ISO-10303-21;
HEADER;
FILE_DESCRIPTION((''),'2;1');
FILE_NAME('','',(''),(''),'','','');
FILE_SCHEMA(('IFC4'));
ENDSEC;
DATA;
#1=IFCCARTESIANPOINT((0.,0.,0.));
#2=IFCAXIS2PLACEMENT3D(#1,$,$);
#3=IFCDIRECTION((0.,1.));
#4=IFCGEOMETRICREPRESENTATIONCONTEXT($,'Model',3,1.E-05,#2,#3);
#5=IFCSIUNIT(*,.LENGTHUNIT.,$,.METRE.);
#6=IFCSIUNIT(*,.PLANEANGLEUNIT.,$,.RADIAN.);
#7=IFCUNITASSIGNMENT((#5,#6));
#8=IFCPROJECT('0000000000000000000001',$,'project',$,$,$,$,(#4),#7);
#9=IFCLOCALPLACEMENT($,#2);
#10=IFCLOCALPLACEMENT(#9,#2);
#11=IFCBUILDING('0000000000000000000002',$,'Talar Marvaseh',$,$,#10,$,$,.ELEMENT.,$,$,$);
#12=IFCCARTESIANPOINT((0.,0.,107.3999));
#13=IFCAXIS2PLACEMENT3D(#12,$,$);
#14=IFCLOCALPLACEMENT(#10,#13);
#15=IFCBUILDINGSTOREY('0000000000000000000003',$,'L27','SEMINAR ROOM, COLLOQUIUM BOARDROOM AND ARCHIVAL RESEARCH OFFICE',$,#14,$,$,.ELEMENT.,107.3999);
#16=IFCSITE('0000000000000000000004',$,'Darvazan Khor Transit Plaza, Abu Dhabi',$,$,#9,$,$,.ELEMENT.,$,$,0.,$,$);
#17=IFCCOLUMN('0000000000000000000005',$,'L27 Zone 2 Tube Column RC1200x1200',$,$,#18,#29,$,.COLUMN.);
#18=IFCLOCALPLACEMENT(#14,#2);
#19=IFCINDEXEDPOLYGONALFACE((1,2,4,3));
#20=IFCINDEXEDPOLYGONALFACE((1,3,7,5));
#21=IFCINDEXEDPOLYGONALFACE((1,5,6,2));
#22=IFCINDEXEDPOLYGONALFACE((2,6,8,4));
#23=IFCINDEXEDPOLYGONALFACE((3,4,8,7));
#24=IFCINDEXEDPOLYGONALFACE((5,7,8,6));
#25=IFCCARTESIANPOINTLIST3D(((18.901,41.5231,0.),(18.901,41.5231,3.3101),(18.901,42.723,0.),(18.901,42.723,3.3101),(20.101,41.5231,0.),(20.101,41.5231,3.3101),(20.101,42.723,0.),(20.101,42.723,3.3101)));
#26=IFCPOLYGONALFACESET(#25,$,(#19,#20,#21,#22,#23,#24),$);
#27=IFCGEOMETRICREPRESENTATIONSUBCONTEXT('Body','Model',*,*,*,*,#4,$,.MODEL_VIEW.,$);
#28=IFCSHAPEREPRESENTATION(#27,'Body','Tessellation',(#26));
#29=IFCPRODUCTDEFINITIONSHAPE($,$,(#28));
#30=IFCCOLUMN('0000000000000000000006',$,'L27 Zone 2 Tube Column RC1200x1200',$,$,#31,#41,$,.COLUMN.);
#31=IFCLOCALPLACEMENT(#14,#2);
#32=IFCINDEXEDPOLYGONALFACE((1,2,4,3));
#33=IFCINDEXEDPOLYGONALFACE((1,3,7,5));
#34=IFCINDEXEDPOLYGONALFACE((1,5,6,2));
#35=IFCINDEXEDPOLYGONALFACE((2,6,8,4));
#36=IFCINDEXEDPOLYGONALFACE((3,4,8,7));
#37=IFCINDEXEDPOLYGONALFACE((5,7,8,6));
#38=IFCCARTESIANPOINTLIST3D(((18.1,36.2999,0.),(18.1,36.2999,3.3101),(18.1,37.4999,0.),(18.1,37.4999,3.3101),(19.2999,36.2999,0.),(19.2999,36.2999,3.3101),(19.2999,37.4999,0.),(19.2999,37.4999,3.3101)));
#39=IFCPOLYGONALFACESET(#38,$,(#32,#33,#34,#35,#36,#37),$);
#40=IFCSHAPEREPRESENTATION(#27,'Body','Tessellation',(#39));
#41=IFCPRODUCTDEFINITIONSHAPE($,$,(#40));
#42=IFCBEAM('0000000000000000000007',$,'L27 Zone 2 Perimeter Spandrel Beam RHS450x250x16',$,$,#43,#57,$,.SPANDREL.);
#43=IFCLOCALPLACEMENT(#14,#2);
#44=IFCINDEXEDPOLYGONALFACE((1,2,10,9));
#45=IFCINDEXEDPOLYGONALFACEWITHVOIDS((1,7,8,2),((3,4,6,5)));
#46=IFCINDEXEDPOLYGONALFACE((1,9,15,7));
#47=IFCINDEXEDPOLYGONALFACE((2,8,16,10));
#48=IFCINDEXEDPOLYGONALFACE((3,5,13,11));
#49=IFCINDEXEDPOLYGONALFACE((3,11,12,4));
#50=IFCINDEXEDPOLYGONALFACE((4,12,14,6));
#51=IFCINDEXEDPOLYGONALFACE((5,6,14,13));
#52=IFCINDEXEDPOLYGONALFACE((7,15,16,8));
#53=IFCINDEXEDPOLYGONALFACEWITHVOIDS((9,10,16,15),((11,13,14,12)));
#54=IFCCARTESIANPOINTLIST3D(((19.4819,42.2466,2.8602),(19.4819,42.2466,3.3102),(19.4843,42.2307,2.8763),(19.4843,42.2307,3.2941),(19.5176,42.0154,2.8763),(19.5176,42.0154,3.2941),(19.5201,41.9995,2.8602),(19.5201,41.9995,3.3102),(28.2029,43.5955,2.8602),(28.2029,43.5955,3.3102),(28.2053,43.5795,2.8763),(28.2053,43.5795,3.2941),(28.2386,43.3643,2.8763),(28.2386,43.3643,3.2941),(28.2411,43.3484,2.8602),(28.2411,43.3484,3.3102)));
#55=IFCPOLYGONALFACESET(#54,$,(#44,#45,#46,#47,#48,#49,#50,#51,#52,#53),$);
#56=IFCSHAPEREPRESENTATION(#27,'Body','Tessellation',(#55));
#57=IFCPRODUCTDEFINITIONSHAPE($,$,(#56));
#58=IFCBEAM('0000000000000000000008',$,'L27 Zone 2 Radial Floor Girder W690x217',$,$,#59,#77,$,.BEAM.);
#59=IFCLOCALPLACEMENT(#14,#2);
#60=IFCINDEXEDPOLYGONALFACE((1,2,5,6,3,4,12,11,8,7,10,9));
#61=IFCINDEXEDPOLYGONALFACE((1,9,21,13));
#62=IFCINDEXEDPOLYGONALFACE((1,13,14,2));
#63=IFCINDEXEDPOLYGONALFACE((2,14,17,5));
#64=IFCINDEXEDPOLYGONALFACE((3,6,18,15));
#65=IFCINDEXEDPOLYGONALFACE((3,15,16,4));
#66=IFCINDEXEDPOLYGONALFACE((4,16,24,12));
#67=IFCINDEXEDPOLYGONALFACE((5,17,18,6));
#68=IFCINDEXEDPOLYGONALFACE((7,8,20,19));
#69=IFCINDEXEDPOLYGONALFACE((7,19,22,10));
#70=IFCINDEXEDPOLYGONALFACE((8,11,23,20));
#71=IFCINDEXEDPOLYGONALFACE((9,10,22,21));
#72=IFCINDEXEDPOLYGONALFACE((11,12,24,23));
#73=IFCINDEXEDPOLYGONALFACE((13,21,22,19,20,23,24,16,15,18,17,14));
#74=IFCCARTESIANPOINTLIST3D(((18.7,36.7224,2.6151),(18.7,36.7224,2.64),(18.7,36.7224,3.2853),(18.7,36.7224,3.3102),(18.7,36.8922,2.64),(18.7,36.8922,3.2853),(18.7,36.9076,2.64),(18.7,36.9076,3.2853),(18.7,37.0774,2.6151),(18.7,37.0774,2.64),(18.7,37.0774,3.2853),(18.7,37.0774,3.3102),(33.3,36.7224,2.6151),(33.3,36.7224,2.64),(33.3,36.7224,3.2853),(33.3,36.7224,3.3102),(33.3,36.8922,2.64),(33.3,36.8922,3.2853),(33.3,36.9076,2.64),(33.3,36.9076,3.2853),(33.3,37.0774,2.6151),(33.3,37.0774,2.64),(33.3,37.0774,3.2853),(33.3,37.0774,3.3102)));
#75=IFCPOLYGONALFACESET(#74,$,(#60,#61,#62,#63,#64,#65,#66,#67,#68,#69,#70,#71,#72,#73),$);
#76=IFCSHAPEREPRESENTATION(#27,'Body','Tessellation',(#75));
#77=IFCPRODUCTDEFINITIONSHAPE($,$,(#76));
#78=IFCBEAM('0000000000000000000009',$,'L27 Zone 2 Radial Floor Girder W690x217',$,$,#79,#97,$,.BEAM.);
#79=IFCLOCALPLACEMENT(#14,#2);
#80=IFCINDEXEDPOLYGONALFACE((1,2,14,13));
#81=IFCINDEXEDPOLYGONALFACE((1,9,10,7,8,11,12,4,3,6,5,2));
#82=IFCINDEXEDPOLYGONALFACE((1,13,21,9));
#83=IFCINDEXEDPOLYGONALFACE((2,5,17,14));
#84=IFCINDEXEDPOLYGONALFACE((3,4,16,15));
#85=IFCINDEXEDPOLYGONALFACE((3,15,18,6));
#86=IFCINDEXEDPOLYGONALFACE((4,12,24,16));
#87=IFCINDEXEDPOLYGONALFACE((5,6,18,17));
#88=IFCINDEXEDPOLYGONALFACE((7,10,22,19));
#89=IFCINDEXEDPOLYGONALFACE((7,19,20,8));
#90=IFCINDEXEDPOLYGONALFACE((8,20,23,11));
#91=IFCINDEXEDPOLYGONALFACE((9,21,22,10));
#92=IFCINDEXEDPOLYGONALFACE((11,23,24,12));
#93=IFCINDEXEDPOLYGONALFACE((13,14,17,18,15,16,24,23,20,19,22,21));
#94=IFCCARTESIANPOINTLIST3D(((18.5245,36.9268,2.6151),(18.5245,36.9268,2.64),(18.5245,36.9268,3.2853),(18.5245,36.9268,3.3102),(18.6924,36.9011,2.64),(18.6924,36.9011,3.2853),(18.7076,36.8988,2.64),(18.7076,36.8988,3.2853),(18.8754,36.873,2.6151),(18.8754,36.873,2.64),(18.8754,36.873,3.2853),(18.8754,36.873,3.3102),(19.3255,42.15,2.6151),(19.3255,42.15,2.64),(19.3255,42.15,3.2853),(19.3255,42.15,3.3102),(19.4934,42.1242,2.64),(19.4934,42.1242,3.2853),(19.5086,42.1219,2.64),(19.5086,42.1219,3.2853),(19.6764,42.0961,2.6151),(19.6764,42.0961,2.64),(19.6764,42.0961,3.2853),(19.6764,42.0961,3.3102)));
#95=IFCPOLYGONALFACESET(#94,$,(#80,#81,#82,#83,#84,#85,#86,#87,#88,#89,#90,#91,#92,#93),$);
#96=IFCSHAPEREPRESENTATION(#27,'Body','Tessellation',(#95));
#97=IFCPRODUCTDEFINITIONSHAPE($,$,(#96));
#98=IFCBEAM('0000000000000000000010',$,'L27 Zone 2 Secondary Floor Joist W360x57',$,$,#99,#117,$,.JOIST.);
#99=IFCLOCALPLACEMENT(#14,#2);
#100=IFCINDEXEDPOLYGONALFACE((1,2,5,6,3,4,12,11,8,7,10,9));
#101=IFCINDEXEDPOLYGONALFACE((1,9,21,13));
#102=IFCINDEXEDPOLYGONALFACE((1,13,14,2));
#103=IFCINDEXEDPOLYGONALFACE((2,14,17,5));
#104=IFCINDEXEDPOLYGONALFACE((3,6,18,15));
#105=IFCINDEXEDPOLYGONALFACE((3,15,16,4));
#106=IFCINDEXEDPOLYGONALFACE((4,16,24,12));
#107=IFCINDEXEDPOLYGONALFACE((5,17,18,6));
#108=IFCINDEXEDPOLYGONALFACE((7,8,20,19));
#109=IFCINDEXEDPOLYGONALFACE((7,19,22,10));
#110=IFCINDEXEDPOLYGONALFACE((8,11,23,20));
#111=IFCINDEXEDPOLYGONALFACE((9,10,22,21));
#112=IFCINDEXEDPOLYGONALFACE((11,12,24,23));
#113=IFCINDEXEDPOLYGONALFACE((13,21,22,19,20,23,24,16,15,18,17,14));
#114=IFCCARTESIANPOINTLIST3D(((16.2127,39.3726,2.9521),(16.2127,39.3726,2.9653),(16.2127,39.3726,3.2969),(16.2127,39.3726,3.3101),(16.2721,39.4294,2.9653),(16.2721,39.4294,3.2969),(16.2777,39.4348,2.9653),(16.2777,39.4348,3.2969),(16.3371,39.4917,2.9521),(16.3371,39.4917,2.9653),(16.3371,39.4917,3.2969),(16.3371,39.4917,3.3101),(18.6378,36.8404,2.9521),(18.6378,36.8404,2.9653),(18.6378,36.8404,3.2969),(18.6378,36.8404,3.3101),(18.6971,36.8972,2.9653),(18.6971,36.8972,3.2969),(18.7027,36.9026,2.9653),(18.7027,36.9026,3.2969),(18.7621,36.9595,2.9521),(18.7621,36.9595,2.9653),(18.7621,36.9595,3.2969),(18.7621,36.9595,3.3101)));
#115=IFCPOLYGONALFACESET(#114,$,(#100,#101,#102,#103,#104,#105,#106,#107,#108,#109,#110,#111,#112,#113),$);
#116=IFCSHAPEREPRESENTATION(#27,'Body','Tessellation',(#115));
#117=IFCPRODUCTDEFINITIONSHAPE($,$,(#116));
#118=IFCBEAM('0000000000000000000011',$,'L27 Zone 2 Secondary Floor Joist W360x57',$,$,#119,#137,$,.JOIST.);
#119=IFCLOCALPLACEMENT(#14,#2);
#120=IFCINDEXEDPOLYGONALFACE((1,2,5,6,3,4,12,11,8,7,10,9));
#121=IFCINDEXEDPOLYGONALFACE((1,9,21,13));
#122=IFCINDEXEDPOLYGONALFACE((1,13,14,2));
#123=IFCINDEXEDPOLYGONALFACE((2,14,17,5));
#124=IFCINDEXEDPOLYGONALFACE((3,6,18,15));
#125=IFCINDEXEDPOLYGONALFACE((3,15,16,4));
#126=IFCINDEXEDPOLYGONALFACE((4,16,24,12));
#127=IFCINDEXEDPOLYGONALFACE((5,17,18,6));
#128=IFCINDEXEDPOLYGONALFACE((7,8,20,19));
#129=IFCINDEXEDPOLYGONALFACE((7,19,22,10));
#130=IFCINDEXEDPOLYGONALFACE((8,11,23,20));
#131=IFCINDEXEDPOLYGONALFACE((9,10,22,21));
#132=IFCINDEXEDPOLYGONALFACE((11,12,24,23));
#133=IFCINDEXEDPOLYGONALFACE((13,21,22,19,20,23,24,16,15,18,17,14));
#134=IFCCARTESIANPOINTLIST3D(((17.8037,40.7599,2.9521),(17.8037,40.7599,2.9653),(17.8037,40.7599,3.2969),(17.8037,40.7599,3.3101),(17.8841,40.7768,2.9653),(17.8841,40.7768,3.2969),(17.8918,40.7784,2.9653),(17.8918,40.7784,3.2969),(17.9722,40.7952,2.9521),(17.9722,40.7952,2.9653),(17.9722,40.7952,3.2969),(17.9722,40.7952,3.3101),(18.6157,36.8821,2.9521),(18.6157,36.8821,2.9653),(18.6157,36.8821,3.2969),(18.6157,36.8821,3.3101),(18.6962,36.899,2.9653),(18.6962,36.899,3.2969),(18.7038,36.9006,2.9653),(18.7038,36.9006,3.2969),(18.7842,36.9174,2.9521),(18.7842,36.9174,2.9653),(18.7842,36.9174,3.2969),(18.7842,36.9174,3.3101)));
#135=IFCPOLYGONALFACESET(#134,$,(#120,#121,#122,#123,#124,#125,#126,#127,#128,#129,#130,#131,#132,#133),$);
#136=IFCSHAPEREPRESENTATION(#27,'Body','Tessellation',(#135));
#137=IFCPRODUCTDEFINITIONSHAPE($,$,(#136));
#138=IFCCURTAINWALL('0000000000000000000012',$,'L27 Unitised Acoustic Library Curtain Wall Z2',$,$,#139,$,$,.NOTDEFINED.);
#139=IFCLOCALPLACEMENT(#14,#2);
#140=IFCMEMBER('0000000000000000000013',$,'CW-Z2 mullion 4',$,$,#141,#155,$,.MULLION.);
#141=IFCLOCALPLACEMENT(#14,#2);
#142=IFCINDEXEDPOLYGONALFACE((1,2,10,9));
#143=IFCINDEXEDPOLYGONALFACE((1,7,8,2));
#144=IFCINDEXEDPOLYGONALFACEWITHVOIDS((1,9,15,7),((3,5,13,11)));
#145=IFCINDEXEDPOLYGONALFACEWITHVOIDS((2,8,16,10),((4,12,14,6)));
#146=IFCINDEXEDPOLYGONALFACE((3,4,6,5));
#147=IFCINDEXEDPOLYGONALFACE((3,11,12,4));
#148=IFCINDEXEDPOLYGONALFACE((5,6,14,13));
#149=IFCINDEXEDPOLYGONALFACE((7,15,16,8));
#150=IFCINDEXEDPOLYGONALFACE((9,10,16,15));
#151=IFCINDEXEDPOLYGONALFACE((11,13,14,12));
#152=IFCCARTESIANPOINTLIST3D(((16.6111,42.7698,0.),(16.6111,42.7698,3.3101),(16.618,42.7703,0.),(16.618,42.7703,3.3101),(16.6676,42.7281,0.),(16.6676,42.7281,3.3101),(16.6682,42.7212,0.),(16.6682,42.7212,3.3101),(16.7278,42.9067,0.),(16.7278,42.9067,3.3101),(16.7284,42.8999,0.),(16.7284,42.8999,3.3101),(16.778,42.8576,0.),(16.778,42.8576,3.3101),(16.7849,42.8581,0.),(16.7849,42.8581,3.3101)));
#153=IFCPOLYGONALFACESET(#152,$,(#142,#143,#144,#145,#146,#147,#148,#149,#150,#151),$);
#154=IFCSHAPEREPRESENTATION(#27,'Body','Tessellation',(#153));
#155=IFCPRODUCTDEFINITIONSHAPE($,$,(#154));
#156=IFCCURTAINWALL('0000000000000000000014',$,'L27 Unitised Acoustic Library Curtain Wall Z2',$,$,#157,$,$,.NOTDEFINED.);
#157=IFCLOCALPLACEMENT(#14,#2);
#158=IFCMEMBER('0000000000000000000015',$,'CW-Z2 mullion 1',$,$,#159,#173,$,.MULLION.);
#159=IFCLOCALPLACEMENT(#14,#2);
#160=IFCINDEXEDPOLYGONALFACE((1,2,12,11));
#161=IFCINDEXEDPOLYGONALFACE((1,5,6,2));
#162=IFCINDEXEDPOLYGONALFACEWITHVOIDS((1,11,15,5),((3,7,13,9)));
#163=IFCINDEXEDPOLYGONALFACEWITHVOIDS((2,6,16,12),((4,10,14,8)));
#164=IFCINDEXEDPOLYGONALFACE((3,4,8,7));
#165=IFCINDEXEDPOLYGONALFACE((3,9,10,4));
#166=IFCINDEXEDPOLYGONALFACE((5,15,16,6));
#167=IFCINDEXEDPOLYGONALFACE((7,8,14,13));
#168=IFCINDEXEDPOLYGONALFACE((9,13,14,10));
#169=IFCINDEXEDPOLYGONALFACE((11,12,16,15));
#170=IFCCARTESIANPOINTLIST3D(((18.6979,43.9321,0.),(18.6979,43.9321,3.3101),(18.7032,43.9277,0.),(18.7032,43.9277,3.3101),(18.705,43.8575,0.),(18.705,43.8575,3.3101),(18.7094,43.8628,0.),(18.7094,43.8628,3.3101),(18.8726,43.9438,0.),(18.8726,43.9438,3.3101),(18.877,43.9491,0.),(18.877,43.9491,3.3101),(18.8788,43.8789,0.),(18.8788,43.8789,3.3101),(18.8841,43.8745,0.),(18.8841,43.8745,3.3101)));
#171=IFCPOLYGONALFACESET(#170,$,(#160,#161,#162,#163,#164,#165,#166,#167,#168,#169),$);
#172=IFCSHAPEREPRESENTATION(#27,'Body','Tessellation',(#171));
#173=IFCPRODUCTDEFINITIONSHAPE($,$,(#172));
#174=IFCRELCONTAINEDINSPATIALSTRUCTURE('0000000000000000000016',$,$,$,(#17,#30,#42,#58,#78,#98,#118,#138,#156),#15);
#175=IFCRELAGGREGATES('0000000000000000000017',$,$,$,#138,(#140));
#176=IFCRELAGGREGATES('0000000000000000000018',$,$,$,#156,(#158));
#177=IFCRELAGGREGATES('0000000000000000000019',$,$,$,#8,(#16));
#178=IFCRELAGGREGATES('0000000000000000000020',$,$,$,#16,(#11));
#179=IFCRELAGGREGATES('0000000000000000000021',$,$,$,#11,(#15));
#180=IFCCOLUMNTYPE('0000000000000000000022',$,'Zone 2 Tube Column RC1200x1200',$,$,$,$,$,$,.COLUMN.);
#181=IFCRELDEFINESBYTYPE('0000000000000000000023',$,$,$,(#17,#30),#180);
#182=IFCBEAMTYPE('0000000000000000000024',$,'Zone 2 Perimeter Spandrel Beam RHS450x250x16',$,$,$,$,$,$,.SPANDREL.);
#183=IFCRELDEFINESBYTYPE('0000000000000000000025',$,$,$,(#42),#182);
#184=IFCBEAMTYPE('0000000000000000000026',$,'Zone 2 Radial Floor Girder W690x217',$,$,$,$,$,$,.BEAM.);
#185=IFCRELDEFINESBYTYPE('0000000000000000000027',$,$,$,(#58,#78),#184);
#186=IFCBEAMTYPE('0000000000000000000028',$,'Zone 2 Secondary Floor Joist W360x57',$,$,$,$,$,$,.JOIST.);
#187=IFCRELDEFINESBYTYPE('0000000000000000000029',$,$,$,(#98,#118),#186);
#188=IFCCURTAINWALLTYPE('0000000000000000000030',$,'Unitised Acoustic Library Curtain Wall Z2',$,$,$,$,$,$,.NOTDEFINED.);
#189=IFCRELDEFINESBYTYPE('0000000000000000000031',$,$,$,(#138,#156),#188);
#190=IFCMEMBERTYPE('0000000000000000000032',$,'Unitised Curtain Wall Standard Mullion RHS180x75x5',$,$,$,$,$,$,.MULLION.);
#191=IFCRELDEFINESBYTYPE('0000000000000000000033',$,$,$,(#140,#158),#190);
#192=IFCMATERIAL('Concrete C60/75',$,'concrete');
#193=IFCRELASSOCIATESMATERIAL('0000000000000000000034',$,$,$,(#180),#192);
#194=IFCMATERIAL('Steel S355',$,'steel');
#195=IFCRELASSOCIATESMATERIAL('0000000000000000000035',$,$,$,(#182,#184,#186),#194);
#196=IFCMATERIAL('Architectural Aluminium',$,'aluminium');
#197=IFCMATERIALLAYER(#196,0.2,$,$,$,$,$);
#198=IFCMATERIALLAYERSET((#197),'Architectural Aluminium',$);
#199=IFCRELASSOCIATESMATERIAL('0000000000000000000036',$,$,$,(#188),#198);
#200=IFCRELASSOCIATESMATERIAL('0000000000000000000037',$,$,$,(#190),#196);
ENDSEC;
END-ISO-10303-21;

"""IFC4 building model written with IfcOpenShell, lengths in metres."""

from ifc_helpers import new_model, si_unit, direction, frame, origin, origin_2d, place, context, subcontext, project, spatial, rectangle, hollow_rectangle, i_section, extrude, source, transform, mapped, material, layer, layer_set, material_profile, profile_set, type_object, type_shapes, element, aggregate, save


model = new_model("IFC4")

# Units and contexts
model_context = context("Model", 3, precision=1e-05, world=origin(), true_north=direction((0.0, 1.0)))
body_context = subcontext(model_context, "Body", "Model", "MODEL_VIEW")
ifc_project = project(units=[si_unit("LENGTHUNIT", "METRE"), si_unit("PLANEANGLEUNIT", "RADIAN")], contexts=[model_context])

# Site, building, storey
site_placement = place(None, origin())
site = spatial("IfcSite", under=ifc_project, at=site_placement, Name="Darvazan Khor Transit Plaza, Abu Dhabi", CompositionType="ELEMENT", RefElevation=0.0)
building_placement = place(site_placement, origin())
building = spatial("IfcBuilding", under=site, at=building_placement, Name="Talar Marvaseh", CompositionType="ELEMENT")
storey_placement = place(building_placement, frame((0.0, 0.0, 107.3999)))
storey = spatial("IfcBuildingStorey", under=building, at=storey_placement, Name="L27", Description="SEMINAR ROOM, COLLOQUIUM BOARDROOM AND ARCHIVAL RESEARCH OFFICE", CompositionType="ELEMENT", Elevation=107.3999)

# Columns
ifc_material_1 = material(Name="Concrete C60/75", Category="concrete")
ifc_material_profile_1 = material_profile(ifc_material_1, rectangle(XDim=1.2, YDim=1.2, at=origin_2d()), Name="RC1200x1200")
ifc_profile_set_1 = profile_set([ifc_material_profile_1], Name="Concrete C60/75")
column_type = type_object("IfcColumnType", Name="Zone 2 Tube Column RC1200x1200", PredefinedType="COLUMN", material=ifc_profile_set_1)
for number, where, z_axis, x_axis, name in (
    (1, (19.501, 42.123, 0.0), (0.0, 0.0, 1.0), (1.0, 0.0, 0.0), "L27 Zone 2 Tube Column RC1200x1200"),
    (2, (18.7, 36.8999, 0.0), (0.0, 0.0, 1.0), (1.0, 0.0, 0.0), "L27 Zone 2 Tube Column RC1200x1200"),
):
    element("IfcColumn", number, at=place(storey_placement, frame(where, z_axis=z_axis, x_axis=x_axis)), inside=storey, type_object=column_type, Name=name, PredefinedType="COLUMN", context=body_context, shape_type="SweptSolid", body=[
        extrude(rectangle(XDim=1.2, YDim=1.2, at=origin_2d()), origin(), (0.0, 0.0, 1.0), 3.3101),
    ])

# Beams
ifc_material_2 = material(Name="Steel S355", Category="steel")
ifc_material_profile_2 = material_profile(ifc_material_2, hollow_rectangle(XDim=0.25, YDim=0.45, WallThickness=0.0161, at=origin_2d()), Name="RHS450x250x16")
ifc_profile_set_2 = profile_set([ifc_material_profile_2], Name="Steel S355")
beam_type_1 = type_object("IfcBeamType", Name="Zone 2 Perimeter Spandrel Beam RHS450x250x16", PredefinedType="SPANDREL", material=ifc_profile_set_2)
beam_1_placement = place(storey_placement, frame((19.501, 42.123, 3.0852), z_axis=(0.988249, 0.152853, 0.0), x_axis=(-0.152853, 0.988249, 0.0)))
element("IfcBeam", 3, at=beam_1_placement, inside=storey, type_object=beam_type_1, Name="L27 Zone 2 Perimeter Spandrel Beam RHS450x250x16", PredefinedType="SPANDREL", context=body_context, shape_type="SweptSolid", body=[
    extrude(hollow_rectangle(XDim=0.25, YDim=0.45, WallThickness=0.0161, at=origin_2d()), origin(), (0.0, 0.0, 1.0), 8.8247),
])
ifc_material_profile_3 = material_profile(ifc_material_2, i_section(OverallWidth=0.355, OverallDepth=0.6951, WebThickness=0.0154, FlangeThickness=0.0249, at=origin_2d()), Name="W690x217")
ifc_profile_set_3 = profile_set([ifc_material_profile_3], Name="Steel S355")
beam_type_2 = type_object("IfcBeamType", Name="Zone 2 Radial Floor Girder W690x217", PredefinedType="BEAM", material=ifc_profile_set_3)
beam_2_placement = place(storey_placement, frame((18.7, 36.8999, 2.9626), z_axis=(1.0, 0.0, 0.0), x_axis=(0.0, 1.0, 0.0)))
element("IfcBeam", 4, at=beam_2_placement, inside=storey, type_object=beam_type_2, Name="L27 Zone 2 Radial Floor Girder W690x217", PredefinedType="BEAM", context=body_context, shape_type="SweptSolid", body=[
    extrude(i_section(OverallWidth=0.355, OverallDepth=0.6951, WebThickness=0.0154, FlangeThickness=0.0249, at=origin_2d()), origin(), (0.0, 0.0, 1.0), 14.6001),
])
beam_3_placement = place(storey_placement, frame((19.501, 42.123, 2.9626), z_axis=(-0.151588, -0.988444, 0.0), x_axis=(0.988444, -0.151588, 0.0)))
element("IfcBeam", 5, at=beam_3_placement, inside=storey, type_object=beam_type_2, Name="L27 Zone 2 Radial Floor Girder W690x217", PredefinedType="BEAM", context=body_context, shape_type="SweptSolid", body=[
    extrude(i_section(OverallWidth=0.355, OverallDepth=0.6951, WebThickness=0.0154, FlangeThickness=0.0249, at=origin_2d()), origin(), (0.0, 0.0, 1.0), 5.2842),
])
ifc_material_profile_4 = material_profile(ifc_material_2, i_section(OverallWidth=0.1721, OverallDepth=0.3579, WebThickness=0.0078, FlangeThickness=0.0132, at=origin_2d()), Name="W360x57")
ifc_profile_set_4 = profile_set([ifc_material_profile_4], Name="Steel S355")
beam_type_3 = type_object("IfcBeamType", Name="Zone 2 Secondary Floor Joist W360x57", PredefinedType="JOIST", material=ifc_profile_set_4)
beam_4_placement = place(storey_placement, frame((16.2749, 39.4321, 3.1311), z_axis=(0.691657, -0.722226, 0.0), x_axis=(0.722226, 0.691657, 0.0)))
element("IfcBeam", 6, at=beam_4_placement, inside=storey, type_object=beam_type_3, Name="L27 Zone 2 Secondary Floor Joist W360x57", PredefinedType="JOIST", context=body_context, shape_type="SweptSolid", body=[
    extrude(i_section(OverallWidth=0.1721, OverallDepth=0.3579, WebThickness=0.0078, FlangeThickness=0.0132, at=origin_2d()), origin(), (0.0, 0.0, 1.0), 3.5061),
])
beam_5_placement = place(storey_placement, frame((17.8879, 40.7776, 3.1311), z_axis=(0.204961, -0.97877, 0.0), x_axis=(0.97877, 0.204961, 0.0)))
element("IfcBeam", 7, at=beam_5_placement, inside=storey, type_object=beam_type_3, Name="L27 Zone 2 Secondary Floor Joist W360x57", PredefinedType="JOIST", context=body_context, shape_type="SweptSolid", body=[
    extrude(i_section(OverallWidth=0.1721, OverallDepth=0.3579, WebThickness=0.0078, FlangeThickness=0.0132, at=origin_2d()), origin(), (0.0, 0.0, 1.0), 3.9619),
])

# Curtain wall, member
ifc_material_3 = material(Name="Architectural Aluminium", Category="aluminium")
ifc_layer_1 = layer(ifc_material_3, 0.2)
ifc_layer_set_1 = layer_set([ifc_layer_1], Name="Architectural Aluminium")
curtain_wall_type = type_object("IfcCurtainWallType", Name="Unitised Acoustic Library Curtain Wall Z2", PredefinedType="NOTDEFINED", material=ifc_layer_set_1)
curtain_wall_1_placement = place(storey_placement, origin())
curtain_wall_1 = element("IfcCurtainWall", 8, at=curtain_wall_1_placement, inside=storey, type_object=curtain_wall_type, Name="L27 Unitised Acoustic Library Curtain Wall Z2", PredefinedType="NOTDEFINED")
ifc_material_profile_5 = material_profile(ifc_material_3, hollow_rectangle(XDim=0.075, YDim=0.1799, WallThickness=0.0049, at=origin_2d()), Name="RHS180x75x5")
ifc_profile_set_5 = profile_set([ifc_material_profile_5], Name="Architectural Aluminium")
member_type_1 = type_object("IfcMemberType", Name="Unitised Curtain Wall Standard Mullion RHS180x75x5", PredefinedType="MULLION", material=ifc_profile_set_5)
shared_shape_1 = source(origin(), body_context, "Body", "SweptSolid", [
    extrude(hollow_rectangle(XDim=0.075, YDim=0.1799, WallThickness=0.0049, at=origin_2d()), origin(), (0.0, 0.0, 1.0), 3.3101),
])
type_shapes(member_type_1, [shared_shape_1])
member_1_placement = place(storey_placement, frame((16.698, 42.814, 0.0), z_axis=(0.0, 0.0, 1.0), x_axis=(-0.761176, 0.648545, 0.0)))
member_1 = element("IfcMember", 9, at=member_1_placement, type_object=member_type_1, Name="CW-Z2 mullion 4", PredefinedType="MULLION", context=body_context, shape_type="MappedRepresentation", body=[
    mapped(shared_shape_1, transform((0.0, 0.0, 0.0), x_axis=(1.0, 0.0, 0.0), y_axis=(0.0, 1.0, 0.0), z_axis=(0.0, 0.0, 1.0), scale=1.0)),
])
aggregate(curtain_wall_1, [member_1])

# Curtain wall, member
curtain_wall_2_placement = place(storey_placement, origin())
curtain_wall_2 = element("IfcCurtainWall", 10, at=curtain_wall_2_placement, inside=storey, type_object=curtain_wall_type, Name="L27 Unitised Acoustic Library Curtain Wall Z2", PredefinedType="NOTDEFINED")
member_2_placement = place(storey_placement, frame((18.791, 43.9033, 0.0), z_axis=(0.0, 0.0, 1.0), x_axis=(-0.094671, 0.995509, 0.0)))
member_2 = element("IfcMember", 11, at=member_2_placement, type_object=member_type_1, Name="CW-Z2 mullion 1", PredefinedType="MULLION", context=body_context, shape_type="MappedRepresentation", body=[
    mapped(shared_shape_1, transform((0.0, 0.0, 0.0), x_axis=(1.0, 0.0, 0.0), y_axis=(0.0, 1.0, 0.0), z_axis=(0.0, 0.0, 1.0), scale=1.0)),
])
aggregate(curtain_wall_2, [member_2])

save(model, "model.ifc")
